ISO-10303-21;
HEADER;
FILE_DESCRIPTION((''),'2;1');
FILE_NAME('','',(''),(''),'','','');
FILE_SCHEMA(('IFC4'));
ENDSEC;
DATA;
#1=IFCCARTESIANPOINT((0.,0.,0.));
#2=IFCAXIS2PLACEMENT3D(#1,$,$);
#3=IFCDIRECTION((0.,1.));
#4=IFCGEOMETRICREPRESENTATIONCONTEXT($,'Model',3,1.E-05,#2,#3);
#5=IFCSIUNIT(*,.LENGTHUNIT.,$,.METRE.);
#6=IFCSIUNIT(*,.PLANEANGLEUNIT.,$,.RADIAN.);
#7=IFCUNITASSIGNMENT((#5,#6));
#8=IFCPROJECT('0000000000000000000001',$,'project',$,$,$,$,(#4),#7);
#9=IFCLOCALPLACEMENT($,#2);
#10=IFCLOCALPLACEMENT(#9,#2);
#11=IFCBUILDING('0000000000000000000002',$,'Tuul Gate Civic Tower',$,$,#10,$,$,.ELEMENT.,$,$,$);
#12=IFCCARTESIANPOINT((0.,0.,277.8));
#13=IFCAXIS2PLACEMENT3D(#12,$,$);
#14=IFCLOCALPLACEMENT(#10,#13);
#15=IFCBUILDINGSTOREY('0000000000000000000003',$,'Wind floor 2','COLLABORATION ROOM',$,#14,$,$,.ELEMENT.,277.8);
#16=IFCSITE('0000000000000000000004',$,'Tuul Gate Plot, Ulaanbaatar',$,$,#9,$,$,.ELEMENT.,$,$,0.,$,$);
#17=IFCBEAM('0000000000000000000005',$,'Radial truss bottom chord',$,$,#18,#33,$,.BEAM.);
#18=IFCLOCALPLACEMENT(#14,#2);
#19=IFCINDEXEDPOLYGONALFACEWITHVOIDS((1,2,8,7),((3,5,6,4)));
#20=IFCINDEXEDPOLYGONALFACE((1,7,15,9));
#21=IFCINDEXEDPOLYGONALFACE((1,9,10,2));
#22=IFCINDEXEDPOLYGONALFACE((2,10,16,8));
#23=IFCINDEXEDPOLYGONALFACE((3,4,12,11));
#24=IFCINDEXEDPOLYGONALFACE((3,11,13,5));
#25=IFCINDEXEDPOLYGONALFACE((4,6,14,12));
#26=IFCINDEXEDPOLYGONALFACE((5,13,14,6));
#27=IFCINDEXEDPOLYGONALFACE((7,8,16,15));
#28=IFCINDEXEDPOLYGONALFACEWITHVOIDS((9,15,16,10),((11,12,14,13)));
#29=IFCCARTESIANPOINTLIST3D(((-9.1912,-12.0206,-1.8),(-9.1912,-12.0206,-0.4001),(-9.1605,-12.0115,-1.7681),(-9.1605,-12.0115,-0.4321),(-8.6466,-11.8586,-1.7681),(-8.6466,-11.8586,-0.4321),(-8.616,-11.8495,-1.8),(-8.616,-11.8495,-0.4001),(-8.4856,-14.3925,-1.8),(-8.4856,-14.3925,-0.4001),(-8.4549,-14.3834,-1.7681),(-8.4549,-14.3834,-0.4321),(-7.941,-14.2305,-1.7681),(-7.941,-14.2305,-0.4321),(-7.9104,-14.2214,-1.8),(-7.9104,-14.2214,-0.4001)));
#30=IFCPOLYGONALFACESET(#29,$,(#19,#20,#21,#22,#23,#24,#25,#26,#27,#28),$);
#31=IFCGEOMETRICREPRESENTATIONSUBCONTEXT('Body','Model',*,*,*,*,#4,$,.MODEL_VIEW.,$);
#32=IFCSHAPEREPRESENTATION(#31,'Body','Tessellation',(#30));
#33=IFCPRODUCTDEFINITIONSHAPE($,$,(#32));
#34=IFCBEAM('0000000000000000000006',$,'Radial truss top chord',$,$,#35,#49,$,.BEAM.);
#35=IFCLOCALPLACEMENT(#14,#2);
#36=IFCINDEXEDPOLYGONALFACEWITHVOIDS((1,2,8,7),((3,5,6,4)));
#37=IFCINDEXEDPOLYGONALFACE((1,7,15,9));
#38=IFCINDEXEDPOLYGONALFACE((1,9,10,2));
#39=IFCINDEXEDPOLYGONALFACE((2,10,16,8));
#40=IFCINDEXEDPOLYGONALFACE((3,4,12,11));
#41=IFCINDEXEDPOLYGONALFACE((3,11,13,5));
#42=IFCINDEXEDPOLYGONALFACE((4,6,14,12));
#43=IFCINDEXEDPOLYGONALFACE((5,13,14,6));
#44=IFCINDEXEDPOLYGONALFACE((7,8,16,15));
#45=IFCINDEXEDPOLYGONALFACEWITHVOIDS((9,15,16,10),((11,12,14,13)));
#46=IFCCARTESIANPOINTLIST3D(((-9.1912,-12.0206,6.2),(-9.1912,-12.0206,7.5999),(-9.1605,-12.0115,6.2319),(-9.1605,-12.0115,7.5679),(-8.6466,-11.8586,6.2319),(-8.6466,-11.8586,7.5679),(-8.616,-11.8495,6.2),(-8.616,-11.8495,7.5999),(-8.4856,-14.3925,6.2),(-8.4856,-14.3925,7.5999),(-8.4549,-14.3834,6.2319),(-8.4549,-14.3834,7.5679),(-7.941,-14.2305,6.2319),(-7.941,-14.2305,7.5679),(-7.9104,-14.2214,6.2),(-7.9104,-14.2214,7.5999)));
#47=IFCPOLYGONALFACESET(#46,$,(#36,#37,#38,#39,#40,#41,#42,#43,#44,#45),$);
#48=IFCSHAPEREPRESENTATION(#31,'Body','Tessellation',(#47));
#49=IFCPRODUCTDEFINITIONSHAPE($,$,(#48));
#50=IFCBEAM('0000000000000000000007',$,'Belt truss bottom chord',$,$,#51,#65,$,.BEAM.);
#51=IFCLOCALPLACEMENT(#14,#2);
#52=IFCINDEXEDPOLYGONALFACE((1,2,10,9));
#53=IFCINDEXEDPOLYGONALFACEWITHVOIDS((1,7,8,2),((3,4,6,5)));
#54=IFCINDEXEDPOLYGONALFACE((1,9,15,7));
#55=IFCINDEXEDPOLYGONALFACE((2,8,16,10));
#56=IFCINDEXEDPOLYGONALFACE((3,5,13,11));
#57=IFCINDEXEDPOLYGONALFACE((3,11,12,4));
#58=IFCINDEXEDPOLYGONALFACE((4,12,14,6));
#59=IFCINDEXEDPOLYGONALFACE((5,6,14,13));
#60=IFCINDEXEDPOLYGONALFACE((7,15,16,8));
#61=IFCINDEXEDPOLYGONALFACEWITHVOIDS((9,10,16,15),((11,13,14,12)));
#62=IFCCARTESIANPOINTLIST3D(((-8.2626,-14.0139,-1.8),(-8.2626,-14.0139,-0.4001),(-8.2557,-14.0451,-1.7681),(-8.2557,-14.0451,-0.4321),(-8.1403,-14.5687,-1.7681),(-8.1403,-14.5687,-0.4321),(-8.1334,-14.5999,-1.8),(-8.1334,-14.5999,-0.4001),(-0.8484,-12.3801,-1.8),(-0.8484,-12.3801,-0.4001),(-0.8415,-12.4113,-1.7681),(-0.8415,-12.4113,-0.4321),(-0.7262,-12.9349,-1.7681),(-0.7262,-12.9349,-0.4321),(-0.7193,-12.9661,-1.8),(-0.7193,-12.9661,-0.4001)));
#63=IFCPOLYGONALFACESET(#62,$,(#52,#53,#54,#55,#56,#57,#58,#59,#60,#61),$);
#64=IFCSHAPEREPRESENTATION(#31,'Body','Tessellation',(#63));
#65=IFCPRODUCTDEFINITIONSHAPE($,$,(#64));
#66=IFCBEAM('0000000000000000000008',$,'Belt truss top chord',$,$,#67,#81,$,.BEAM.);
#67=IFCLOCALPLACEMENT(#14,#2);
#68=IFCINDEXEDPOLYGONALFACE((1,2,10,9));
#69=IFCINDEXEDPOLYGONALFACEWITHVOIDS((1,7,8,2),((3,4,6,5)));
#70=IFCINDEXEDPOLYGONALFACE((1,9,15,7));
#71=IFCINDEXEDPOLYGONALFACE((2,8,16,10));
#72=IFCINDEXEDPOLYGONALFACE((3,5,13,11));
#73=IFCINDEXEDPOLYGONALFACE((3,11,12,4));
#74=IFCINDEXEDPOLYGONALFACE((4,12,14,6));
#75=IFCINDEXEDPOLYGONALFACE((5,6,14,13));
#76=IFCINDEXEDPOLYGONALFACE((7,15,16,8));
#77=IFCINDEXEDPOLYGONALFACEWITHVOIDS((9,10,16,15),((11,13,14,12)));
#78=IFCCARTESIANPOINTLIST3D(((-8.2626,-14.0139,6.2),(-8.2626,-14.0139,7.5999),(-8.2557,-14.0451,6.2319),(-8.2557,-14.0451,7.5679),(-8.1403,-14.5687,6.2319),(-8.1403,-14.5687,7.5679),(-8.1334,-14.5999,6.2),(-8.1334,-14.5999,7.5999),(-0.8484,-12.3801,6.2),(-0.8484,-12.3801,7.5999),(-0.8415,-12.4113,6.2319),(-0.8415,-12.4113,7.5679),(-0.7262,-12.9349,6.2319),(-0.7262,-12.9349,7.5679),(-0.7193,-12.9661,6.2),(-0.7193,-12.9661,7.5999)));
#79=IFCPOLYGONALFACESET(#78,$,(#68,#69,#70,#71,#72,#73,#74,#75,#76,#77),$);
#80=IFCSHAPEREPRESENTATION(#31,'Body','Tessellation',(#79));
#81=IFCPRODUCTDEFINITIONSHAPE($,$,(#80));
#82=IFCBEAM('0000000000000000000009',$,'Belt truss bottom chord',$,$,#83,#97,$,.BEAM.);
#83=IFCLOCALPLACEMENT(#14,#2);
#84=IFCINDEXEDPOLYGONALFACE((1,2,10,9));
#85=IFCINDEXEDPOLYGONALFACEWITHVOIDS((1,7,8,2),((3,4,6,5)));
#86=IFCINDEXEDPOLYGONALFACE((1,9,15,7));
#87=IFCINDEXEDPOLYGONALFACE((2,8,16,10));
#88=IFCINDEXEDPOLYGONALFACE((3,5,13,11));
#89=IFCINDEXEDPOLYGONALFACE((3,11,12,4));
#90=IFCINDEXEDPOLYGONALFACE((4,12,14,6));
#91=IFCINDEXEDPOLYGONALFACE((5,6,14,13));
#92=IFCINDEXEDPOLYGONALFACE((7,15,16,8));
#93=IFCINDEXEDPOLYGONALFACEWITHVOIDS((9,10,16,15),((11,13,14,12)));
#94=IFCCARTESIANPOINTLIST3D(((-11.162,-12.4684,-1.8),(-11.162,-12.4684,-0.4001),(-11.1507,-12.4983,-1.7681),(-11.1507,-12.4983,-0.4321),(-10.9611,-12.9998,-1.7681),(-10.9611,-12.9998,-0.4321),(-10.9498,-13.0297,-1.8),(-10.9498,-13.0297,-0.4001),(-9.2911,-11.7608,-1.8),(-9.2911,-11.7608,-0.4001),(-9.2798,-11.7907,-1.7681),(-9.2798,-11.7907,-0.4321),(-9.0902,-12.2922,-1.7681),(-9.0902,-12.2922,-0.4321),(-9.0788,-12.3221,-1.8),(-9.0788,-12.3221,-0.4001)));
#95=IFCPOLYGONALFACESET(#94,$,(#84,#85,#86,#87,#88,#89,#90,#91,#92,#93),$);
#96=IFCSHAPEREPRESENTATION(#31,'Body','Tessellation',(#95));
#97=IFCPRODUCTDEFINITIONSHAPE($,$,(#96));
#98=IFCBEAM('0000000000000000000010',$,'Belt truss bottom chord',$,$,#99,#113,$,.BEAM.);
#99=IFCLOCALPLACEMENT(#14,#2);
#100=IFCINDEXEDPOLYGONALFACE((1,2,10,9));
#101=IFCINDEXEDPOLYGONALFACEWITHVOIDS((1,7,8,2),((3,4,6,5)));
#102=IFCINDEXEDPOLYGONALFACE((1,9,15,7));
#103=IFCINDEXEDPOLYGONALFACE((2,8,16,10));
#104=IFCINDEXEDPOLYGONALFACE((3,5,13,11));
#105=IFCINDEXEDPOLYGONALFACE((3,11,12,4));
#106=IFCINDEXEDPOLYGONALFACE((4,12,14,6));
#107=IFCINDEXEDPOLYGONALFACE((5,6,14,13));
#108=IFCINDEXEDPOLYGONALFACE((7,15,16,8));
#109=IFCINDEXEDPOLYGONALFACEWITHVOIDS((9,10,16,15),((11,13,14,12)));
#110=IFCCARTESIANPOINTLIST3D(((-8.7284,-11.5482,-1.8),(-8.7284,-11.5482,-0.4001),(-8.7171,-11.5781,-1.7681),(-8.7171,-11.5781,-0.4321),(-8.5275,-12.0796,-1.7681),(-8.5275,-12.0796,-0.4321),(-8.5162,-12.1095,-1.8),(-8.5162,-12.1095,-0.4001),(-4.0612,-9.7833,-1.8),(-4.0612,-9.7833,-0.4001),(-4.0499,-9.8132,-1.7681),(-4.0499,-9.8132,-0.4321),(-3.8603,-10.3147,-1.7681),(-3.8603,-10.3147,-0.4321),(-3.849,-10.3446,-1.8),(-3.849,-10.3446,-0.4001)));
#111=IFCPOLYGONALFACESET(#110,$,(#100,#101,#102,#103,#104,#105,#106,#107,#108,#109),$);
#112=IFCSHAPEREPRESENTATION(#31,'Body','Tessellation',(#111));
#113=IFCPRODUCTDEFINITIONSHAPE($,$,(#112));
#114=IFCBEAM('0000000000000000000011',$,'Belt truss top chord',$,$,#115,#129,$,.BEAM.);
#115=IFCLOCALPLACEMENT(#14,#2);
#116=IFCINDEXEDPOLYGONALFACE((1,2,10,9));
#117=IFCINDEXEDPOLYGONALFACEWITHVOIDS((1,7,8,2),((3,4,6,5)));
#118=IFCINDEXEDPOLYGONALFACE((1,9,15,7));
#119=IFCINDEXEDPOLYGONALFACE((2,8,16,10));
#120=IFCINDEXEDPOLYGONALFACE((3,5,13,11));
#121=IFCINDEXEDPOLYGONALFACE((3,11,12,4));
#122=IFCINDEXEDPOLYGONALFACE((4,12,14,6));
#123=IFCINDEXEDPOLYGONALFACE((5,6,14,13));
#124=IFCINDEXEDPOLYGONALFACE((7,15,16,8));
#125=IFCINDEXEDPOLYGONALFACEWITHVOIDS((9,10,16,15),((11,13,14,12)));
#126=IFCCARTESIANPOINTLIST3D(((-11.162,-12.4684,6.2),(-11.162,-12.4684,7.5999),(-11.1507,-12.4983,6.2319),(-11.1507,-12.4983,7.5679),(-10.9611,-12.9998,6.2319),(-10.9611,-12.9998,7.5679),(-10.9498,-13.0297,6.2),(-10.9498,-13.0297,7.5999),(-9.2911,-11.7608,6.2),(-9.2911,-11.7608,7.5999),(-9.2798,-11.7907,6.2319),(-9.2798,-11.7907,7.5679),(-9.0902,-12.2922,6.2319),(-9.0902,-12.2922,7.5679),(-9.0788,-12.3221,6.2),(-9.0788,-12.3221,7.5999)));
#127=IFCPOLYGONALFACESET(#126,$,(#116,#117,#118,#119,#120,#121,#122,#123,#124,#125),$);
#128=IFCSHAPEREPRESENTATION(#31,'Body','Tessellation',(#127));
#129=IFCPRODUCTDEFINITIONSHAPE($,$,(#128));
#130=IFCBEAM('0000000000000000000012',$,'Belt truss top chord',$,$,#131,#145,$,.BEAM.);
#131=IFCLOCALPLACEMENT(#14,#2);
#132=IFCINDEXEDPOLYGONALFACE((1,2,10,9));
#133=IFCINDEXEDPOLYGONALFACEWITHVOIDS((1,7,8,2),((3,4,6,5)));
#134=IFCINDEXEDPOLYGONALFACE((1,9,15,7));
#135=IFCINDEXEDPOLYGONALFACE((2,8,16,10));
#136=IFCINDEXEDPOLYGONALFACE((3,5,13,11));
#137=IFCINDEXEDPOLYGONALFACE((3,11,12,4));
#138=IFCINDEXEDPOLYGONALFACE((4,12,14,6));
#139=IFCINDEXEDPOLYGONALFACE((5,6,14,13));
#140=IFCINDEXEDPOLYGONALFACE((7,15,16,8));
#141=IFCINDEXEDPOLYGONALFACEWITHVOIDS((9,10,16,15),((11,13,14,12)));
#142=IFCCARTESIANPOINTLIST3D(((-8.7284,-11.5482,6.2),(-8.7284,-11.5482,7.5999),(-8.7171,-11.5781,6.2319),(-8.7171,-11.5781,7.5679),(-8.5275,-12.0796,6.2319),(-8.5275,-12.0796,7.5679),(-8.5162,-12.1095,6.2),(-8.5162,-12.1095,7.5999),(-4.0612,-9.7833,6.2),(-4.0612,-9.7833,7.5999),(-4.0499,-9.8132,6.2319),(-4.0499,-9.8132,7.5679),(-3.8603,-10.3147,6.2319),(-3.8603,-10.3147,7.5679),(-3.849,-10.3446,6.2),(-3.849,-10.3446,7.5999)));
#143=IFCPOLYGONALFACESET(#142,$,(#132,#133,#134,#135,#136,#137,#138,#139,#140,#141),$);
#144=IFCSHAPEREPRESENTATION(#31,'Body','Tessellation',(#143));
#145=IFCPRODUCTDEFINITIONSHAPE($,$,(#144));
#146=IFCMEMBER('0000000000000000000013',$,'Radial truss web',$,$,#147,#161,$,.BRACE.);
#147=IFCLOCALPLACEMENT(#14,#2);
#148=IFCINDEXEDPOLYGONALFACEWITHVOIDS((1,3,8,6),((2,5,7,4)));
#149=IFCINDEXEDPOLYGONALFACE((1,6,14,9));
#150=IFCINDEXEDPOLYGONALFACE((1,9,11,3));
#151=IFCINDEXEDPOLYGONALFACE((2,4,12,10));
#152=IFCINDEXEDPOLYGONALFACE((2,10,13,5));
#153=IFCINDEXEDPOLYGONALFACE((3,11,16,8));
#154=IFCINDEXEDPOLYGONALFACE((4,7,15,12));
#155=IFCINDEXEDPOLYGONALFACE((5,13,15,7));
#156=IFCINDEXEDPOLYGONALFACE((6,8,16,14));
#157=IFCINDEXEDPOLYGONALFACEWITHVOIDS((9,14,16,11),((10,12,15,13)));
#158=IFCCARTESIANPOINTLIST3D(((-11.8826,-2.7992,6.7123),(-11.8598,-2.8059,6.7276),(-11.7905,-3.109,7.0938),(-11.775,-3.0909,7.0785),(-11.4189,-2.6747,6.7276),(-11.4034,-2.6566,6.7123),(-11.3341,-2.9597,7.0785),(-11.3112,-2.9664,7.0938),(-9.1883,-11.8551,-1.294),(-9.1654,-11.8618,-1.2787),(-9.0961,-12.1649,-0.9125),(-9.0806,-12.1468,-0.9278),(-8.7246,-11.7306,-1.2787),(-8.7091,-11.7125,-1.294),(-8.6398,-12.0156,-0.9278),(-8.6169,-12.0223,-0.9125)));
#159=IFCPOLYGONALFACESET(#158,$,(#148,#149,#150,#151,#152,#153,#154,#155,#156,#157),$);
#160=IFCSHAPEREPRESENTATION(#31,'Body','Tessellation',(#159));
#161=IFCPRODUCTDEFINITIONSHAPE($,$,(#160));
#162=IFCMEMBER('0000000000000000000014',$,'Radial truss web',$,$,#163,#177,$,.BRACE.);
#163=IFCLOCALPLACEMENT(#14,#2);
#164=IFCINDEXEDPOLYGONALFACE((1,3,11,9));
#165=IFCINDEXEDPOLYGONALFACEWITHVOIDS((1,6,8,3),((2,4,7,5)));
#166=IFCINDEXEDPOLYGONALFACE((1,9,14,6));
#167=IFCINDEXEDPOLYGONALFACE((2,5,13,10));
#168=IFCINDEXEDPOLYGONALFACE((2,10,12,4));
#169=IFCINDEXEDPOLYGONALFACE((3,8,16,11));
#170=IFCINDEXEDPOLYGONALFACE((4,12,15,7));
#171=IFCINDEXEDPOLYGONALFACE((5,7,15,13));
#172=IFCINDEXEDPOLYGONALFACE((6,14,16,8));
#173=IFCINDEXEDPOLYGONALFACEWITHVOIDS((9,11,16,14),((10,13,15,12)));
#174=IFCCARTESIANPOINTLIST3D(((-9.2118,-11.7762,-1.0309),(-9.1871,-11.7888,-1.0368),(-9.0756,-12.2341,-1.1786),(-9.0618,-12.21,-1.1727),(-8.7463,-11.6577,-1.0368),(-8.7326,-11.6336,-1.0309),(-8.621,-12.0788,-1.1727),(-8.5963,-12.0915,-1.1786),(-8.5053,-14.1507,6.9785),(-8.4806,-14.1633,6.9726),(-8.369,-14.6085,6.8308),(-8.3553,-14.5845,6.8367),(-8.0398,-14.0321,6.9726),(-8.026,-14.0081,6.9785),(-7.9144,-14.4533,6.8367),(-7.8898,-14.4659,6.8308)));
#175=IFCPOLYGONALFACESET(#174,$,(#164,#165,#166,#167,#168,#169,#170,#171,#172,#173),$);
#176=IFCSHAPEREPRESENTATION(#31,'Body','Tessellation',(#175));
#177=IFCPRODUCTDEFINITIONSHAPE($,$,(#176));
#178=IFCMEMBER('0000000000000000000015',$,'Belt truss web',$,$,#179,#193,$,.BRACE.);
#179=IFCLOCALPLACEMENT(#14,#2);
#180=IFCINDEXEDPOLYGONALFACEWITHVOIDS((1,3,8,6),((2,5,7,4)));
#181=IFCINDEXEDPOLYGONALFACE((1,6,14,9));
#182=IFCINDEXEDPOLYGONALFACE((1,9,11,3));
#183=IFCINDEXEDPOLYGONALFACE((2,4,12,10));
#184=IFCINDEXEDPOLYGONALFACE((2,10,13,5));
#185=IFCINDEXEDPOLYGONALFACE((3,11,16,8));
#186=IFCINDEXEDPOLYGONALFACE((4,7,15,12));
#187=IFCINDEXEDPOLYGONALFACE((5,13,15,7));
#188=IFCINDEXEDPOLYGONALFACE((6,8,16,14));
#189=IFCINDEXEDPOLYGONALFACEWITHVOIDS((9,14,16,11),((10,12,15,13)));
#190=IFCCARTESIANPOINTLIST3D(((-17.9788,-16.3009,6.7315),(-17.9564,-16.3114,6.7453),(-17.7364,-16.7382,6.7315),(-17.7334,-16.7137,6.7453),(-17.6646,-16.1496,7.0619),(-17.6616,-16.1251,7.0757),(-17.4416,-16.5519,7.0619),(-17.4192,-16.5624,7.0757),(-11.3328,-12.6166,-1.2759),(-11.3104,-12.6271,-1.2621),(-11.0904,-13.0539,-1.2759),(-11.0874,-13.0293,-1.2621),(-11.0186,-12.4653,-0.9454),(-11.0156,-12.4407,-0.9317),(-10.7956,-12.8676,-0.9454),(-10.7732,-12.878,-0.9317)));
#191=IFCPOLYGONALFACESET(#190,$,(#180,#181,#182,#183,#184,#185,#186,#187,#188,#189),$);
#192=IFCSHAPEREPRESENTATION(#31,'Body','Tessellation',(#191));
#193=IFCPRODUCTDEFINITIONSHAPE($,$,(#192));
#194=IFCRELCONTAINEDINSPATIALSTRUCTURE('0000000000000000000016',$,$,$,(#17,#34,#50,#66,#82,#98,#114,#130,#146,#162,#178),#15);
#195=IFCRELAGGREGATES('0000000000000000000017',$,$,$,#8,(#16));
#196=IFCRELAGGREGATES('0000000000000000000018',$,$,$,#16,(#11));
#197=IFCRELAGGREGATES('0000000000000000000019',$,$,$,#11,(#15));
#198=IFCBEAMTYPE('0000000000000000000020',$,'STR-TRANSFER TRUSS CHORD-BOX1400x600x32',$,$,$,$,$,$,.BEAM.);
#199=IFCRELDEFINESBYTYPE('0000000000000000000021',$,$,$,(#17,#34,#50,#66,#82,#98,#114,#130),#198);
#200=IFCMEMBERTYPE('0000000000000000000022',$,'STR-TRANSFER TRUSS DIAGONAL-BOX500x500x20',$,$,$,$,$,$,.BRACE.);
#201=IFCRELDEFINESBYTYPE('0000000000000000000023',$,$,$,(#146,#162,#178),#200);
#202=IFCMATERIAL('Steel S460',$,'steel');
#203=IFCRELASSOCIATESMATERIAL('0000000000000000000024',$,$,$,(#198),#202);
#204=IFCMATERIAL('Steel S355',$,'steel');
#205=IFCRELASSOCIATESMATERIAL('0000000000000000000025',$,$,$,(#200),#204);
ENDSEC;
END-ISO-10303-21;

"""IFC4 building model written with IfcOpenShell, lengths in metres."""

from ifc_helpers import new_model, si_unit, direction, frame, origin, origin_2d, place, context, subcontext, project, spatial, hollow_rectangle, extrude, material, material_profile, profile_set, type_object, element, save


model = new_model("IFC4")

# Units and contexts
model_context = context("Model", 3, precision=1e-05, world=origin(), true_north=direction((0.0, 1.0)))
body_context = subcontext(model_context, "Body", "Model", "MODEL_VIEW")
ifc_project = project(units=[si_unit("LENGTHUNIT", "METRE"), si_unit("PLANEANGLEUNIT", "RADIAN")], contexts=[model_context])

# Site, building, storey
site_placement = place(None, origin())
site = spatial("IfcSite", under=ifc_project, at=site_placement, Name="Tuul Gate Plot, Ulaanbaatar", CompositionType="ELEMENT", RefElevation=0.0)
building_placement = place(site_placement, origin())
building = spatial("IfcBuilding", under=site, at=building_placement, Name="Tuul Gate Civic Tower", CompositionType="ELEMENT")
storey_placement = place(building_placement, frame((0.0, 0.0, 277.8)))
storey = spatial("IfcBuildingStorey", under=building, at=storey_placement, Name="Wind floor 2", Description="COLLABORATION ROOM", CompositionType="ELEMENT", Elevation=277.8)

# Beams
ifc_material_1 = material(Name="Steel S460", Category="steel")
ifc_material_profile_1 = material_profile(ifc_material_1, hollow_rectangle(XDim=0.6001, YDim=1.3999, WallThickness=0.032, at=origin_2d()), Name="BOX1400x600x32")
ifc_profile_set_1 = profile_set([ifc_material_profile_1], Name="Steel S460")
beam_type = type_object("IfcBeamType", Name="STR-TRANSFER TRUSS CHORD-BOX1400x600x32", PredefinedType="BEAM", material=ifc_profile_set_1)
for number, where, z_axis, x_axis, name in (
    (1, (-8.9036, -11.9351, -1.1001), (0.28513, -0.958489, 0.0), (0.958489, 0.28513, 0.0), "Radial truss bottom chord"),
    (2, (-8.9036, -11.9351, 6.8999), (0.28513, -0.958489, 0.0), (0.958489, 0.28513, 0.0), "Radial truss top chord"),
):
    element("IfcBeam", number, at=place(storey_placement, frame(where, z_axis=z_axis, x_axis=x_axis)), inside=storey, type_object=beam_type, Name=name, PredefinedType="BEAM", context=body_context, shape_type="SweptSolid", body=[
        extrude(hollow_rectangle(XDim=0.6001, YDim=1.3999, WallThickness=0.032, at=origin_2d()), origin(), (0.0, 0.0, 1.0), 2.4746),
    ])
for number, where, z_axis, x_axis, name in (
    (3, (-8.198, -14.3069, -1.1001), (0.97657, 0.2152, 0.0), (-0.2152, 0.97657, 0.0), "Belt truss bottom chord"),
    (4, (-8.198, -14.3069, 6.8999), (0.97657, 0.2152, 0.0), (-0.2152, 0.97657, 0.0), "Belt truss top chord"),
):
    element("IfcBeam", number, at=place(storey_placement, frame(where, z_axis=z_axis, x_axis=x_axis)), inside=storey, type_object=beam_type, Name=name, PredefinedType="BEAM", context=body_context, shape_type="SweptSolid", body=[
        extrude(hollow_rectangle(XDim=0.6001, YDim=1.3999, WallThickness=0.032, at=origin_2d()), origin(), (0.0, 0.0, 1.0), 7.592),
    ])
beam_1_placement = place(storey_placement, frame((-11.0559, -12.749, -1.1001), z_axis=(0.935347, 0.35373, 0.0), x_axis=(-0.35373, 0.935347, 0.0)))
element("IfcBeam", 5, at=beam_1_placement, inside=storey, type_object=beam_type, Name="Belt truss bottom chord", PredefinedType="BEAM", context=body_context, shape_type="SweptSolid", body=[
    extrude(hollow_rectangle(XDim=0.6001, YDim=1.3999, WallThickness=0.032, at=origin_2d()), origin(), (0.0, 0.0, 1.0), 2.0002),
])
beam_2_placement = place(storey_placement, frame((-8.6223, -11.8289, -1.1001), z_axis=(0.935358, 0.353701, 0.0), x_axis=(-0.353701, 0.935358, 0.0)))
element("IfcBeam", 6, at=beam_2_placement, inside=storey, type_object=beam_type, Name="Belt truss bottom chord", PredefinedType="BEAM", context=body_context, shape_type="SweptSolid", body=[
    extrude(hollow_rectangle(XDim=0.6001, YDim=1.3999, WallThickness=0.032, at=origin_2d()), origin(), (0.0, 0.0, 1.0), 4.9897),
])
beam_3_placement = place(storey_placement, frame((-11.0559, -12.749, 6.8999), z_axis=(0.935347, 0.35373, 0.0), x_axis=(-0.35373, 0.935347, 0.0)))
element("IfcBeam", 7, at=beam_3_placement, inside=storey, type_object=beam_type, Name="Belt truss top chord", PredefinedType="BEAM", context=body_context, shape_type="SweptSolid", body=[
    extrude(hollow_rectangle(XDim=0.6001, YDim=1.3999, WallThickness=0.032, at=origin_2d()), origin(), (0.0, 0.0, 1.0), 2.0002),
])
beam_4_placement = place(storey_placement, frame((-8.6223, -11.8289, 6.8999), z_axis=(0.935358, 0.353701, 0.0), x_axis=(-0.353701, 0.935358, 0.0)))
element("IfcBeam", 8, at=beam_4_placement, inside=storey, type_object=beam_type, Name="Belt truss top chord", PredefinedType="BEAM", context=body_context, shape_type="SweptSolid", body=[
    extrude(hollow_rectangle(XDim=0.6001, YDim=1.3999, WallThickness=0.032, at=origin_2d()), origin(), (0.0, 0.0, 1.0), 4.9897),
])

# Members
ifc_material_2 = material(Name="Steel S355", Category="steel")
ifc_material_profile_2 = material_profile(ifc_material_2, hollow_rectangle(XDim=0.5, YDim=0.5, WallThickness=0.02, at=origin_2d()), Name="BOX500x500x20")
ifc_profile_set_2 = profile_set([ifc_material_profile_2], Name="Steel S355")
member_type_1 = type_object("IfcMemberType", Name="STR-TRANSFER TRUSS DIAGONAL-BOX500x500x20", PredefinedType="BRACE", material=ifc_profile_set_2)
member_1_placement = place(storey_placement, frame((-8.9026, -11.9387, -1.1033), z_axis=(-0.217561, 0.731242, 0.646493), x_axis=(-0.958477, -0.285169, 0.0)))
element("IfcMember", 9, at=member_1_placement, inside=storey, type_object=member_type_1, Name="Radial truss web", PredefinedType="BRACE", context=body_context, shape_type="SweptSolid", body=[
    extrude(hollow_rectangle(XDim=0.5, YDim=0.5, WallThickness=0.02, at=origin_2d()), origin(), (0.0, 0.0, 1.0), 12.3843),
])
member_2_placement = place(storey_placement, frame((-8.9041, -11.9338, -1.1047), z_axis=(0.084274, -0.283222, 0.955344), x_axis=(0.958469, 0.285195, 0.0)))
element("IfcMember", 10, at=member_2_placement, inside=storey, type_object=member_type_1, Name="Radial truss web", PredefinedType="BRACE", context=body_context, shape_type="SweptSolid", body=[
    extrude(hollow_rectangle(XDim=0.5, YDim=0.5, WallThickness=0.02, at=origin_2d()), origin(), (0.0, 0.0, 1.0), 8.3838),
])
member_3_placement = place(storey_placement, frame((-11.053, -12.7473, -1.1038), z_axis=(-0.602044, -0.333754, 0.725363), x_axis=(0.484849, -0.874598, 0.0)))
element("IfcMember", 11, at=member_3_placement, inside=storey, type_object=member_type_1, Name="Belt truss web", PredefinedType="BRACE", context=body_context, shape_type="SweptSolid", body=[
    extrude(hollow_rectangle(XDim=0.5, YDim=0.5, WallThickness=0.02, at=origin_2d()), origin(), (0.0, 0.0, 1.0), 11.0391),
])

save(model, "model.ifc")
